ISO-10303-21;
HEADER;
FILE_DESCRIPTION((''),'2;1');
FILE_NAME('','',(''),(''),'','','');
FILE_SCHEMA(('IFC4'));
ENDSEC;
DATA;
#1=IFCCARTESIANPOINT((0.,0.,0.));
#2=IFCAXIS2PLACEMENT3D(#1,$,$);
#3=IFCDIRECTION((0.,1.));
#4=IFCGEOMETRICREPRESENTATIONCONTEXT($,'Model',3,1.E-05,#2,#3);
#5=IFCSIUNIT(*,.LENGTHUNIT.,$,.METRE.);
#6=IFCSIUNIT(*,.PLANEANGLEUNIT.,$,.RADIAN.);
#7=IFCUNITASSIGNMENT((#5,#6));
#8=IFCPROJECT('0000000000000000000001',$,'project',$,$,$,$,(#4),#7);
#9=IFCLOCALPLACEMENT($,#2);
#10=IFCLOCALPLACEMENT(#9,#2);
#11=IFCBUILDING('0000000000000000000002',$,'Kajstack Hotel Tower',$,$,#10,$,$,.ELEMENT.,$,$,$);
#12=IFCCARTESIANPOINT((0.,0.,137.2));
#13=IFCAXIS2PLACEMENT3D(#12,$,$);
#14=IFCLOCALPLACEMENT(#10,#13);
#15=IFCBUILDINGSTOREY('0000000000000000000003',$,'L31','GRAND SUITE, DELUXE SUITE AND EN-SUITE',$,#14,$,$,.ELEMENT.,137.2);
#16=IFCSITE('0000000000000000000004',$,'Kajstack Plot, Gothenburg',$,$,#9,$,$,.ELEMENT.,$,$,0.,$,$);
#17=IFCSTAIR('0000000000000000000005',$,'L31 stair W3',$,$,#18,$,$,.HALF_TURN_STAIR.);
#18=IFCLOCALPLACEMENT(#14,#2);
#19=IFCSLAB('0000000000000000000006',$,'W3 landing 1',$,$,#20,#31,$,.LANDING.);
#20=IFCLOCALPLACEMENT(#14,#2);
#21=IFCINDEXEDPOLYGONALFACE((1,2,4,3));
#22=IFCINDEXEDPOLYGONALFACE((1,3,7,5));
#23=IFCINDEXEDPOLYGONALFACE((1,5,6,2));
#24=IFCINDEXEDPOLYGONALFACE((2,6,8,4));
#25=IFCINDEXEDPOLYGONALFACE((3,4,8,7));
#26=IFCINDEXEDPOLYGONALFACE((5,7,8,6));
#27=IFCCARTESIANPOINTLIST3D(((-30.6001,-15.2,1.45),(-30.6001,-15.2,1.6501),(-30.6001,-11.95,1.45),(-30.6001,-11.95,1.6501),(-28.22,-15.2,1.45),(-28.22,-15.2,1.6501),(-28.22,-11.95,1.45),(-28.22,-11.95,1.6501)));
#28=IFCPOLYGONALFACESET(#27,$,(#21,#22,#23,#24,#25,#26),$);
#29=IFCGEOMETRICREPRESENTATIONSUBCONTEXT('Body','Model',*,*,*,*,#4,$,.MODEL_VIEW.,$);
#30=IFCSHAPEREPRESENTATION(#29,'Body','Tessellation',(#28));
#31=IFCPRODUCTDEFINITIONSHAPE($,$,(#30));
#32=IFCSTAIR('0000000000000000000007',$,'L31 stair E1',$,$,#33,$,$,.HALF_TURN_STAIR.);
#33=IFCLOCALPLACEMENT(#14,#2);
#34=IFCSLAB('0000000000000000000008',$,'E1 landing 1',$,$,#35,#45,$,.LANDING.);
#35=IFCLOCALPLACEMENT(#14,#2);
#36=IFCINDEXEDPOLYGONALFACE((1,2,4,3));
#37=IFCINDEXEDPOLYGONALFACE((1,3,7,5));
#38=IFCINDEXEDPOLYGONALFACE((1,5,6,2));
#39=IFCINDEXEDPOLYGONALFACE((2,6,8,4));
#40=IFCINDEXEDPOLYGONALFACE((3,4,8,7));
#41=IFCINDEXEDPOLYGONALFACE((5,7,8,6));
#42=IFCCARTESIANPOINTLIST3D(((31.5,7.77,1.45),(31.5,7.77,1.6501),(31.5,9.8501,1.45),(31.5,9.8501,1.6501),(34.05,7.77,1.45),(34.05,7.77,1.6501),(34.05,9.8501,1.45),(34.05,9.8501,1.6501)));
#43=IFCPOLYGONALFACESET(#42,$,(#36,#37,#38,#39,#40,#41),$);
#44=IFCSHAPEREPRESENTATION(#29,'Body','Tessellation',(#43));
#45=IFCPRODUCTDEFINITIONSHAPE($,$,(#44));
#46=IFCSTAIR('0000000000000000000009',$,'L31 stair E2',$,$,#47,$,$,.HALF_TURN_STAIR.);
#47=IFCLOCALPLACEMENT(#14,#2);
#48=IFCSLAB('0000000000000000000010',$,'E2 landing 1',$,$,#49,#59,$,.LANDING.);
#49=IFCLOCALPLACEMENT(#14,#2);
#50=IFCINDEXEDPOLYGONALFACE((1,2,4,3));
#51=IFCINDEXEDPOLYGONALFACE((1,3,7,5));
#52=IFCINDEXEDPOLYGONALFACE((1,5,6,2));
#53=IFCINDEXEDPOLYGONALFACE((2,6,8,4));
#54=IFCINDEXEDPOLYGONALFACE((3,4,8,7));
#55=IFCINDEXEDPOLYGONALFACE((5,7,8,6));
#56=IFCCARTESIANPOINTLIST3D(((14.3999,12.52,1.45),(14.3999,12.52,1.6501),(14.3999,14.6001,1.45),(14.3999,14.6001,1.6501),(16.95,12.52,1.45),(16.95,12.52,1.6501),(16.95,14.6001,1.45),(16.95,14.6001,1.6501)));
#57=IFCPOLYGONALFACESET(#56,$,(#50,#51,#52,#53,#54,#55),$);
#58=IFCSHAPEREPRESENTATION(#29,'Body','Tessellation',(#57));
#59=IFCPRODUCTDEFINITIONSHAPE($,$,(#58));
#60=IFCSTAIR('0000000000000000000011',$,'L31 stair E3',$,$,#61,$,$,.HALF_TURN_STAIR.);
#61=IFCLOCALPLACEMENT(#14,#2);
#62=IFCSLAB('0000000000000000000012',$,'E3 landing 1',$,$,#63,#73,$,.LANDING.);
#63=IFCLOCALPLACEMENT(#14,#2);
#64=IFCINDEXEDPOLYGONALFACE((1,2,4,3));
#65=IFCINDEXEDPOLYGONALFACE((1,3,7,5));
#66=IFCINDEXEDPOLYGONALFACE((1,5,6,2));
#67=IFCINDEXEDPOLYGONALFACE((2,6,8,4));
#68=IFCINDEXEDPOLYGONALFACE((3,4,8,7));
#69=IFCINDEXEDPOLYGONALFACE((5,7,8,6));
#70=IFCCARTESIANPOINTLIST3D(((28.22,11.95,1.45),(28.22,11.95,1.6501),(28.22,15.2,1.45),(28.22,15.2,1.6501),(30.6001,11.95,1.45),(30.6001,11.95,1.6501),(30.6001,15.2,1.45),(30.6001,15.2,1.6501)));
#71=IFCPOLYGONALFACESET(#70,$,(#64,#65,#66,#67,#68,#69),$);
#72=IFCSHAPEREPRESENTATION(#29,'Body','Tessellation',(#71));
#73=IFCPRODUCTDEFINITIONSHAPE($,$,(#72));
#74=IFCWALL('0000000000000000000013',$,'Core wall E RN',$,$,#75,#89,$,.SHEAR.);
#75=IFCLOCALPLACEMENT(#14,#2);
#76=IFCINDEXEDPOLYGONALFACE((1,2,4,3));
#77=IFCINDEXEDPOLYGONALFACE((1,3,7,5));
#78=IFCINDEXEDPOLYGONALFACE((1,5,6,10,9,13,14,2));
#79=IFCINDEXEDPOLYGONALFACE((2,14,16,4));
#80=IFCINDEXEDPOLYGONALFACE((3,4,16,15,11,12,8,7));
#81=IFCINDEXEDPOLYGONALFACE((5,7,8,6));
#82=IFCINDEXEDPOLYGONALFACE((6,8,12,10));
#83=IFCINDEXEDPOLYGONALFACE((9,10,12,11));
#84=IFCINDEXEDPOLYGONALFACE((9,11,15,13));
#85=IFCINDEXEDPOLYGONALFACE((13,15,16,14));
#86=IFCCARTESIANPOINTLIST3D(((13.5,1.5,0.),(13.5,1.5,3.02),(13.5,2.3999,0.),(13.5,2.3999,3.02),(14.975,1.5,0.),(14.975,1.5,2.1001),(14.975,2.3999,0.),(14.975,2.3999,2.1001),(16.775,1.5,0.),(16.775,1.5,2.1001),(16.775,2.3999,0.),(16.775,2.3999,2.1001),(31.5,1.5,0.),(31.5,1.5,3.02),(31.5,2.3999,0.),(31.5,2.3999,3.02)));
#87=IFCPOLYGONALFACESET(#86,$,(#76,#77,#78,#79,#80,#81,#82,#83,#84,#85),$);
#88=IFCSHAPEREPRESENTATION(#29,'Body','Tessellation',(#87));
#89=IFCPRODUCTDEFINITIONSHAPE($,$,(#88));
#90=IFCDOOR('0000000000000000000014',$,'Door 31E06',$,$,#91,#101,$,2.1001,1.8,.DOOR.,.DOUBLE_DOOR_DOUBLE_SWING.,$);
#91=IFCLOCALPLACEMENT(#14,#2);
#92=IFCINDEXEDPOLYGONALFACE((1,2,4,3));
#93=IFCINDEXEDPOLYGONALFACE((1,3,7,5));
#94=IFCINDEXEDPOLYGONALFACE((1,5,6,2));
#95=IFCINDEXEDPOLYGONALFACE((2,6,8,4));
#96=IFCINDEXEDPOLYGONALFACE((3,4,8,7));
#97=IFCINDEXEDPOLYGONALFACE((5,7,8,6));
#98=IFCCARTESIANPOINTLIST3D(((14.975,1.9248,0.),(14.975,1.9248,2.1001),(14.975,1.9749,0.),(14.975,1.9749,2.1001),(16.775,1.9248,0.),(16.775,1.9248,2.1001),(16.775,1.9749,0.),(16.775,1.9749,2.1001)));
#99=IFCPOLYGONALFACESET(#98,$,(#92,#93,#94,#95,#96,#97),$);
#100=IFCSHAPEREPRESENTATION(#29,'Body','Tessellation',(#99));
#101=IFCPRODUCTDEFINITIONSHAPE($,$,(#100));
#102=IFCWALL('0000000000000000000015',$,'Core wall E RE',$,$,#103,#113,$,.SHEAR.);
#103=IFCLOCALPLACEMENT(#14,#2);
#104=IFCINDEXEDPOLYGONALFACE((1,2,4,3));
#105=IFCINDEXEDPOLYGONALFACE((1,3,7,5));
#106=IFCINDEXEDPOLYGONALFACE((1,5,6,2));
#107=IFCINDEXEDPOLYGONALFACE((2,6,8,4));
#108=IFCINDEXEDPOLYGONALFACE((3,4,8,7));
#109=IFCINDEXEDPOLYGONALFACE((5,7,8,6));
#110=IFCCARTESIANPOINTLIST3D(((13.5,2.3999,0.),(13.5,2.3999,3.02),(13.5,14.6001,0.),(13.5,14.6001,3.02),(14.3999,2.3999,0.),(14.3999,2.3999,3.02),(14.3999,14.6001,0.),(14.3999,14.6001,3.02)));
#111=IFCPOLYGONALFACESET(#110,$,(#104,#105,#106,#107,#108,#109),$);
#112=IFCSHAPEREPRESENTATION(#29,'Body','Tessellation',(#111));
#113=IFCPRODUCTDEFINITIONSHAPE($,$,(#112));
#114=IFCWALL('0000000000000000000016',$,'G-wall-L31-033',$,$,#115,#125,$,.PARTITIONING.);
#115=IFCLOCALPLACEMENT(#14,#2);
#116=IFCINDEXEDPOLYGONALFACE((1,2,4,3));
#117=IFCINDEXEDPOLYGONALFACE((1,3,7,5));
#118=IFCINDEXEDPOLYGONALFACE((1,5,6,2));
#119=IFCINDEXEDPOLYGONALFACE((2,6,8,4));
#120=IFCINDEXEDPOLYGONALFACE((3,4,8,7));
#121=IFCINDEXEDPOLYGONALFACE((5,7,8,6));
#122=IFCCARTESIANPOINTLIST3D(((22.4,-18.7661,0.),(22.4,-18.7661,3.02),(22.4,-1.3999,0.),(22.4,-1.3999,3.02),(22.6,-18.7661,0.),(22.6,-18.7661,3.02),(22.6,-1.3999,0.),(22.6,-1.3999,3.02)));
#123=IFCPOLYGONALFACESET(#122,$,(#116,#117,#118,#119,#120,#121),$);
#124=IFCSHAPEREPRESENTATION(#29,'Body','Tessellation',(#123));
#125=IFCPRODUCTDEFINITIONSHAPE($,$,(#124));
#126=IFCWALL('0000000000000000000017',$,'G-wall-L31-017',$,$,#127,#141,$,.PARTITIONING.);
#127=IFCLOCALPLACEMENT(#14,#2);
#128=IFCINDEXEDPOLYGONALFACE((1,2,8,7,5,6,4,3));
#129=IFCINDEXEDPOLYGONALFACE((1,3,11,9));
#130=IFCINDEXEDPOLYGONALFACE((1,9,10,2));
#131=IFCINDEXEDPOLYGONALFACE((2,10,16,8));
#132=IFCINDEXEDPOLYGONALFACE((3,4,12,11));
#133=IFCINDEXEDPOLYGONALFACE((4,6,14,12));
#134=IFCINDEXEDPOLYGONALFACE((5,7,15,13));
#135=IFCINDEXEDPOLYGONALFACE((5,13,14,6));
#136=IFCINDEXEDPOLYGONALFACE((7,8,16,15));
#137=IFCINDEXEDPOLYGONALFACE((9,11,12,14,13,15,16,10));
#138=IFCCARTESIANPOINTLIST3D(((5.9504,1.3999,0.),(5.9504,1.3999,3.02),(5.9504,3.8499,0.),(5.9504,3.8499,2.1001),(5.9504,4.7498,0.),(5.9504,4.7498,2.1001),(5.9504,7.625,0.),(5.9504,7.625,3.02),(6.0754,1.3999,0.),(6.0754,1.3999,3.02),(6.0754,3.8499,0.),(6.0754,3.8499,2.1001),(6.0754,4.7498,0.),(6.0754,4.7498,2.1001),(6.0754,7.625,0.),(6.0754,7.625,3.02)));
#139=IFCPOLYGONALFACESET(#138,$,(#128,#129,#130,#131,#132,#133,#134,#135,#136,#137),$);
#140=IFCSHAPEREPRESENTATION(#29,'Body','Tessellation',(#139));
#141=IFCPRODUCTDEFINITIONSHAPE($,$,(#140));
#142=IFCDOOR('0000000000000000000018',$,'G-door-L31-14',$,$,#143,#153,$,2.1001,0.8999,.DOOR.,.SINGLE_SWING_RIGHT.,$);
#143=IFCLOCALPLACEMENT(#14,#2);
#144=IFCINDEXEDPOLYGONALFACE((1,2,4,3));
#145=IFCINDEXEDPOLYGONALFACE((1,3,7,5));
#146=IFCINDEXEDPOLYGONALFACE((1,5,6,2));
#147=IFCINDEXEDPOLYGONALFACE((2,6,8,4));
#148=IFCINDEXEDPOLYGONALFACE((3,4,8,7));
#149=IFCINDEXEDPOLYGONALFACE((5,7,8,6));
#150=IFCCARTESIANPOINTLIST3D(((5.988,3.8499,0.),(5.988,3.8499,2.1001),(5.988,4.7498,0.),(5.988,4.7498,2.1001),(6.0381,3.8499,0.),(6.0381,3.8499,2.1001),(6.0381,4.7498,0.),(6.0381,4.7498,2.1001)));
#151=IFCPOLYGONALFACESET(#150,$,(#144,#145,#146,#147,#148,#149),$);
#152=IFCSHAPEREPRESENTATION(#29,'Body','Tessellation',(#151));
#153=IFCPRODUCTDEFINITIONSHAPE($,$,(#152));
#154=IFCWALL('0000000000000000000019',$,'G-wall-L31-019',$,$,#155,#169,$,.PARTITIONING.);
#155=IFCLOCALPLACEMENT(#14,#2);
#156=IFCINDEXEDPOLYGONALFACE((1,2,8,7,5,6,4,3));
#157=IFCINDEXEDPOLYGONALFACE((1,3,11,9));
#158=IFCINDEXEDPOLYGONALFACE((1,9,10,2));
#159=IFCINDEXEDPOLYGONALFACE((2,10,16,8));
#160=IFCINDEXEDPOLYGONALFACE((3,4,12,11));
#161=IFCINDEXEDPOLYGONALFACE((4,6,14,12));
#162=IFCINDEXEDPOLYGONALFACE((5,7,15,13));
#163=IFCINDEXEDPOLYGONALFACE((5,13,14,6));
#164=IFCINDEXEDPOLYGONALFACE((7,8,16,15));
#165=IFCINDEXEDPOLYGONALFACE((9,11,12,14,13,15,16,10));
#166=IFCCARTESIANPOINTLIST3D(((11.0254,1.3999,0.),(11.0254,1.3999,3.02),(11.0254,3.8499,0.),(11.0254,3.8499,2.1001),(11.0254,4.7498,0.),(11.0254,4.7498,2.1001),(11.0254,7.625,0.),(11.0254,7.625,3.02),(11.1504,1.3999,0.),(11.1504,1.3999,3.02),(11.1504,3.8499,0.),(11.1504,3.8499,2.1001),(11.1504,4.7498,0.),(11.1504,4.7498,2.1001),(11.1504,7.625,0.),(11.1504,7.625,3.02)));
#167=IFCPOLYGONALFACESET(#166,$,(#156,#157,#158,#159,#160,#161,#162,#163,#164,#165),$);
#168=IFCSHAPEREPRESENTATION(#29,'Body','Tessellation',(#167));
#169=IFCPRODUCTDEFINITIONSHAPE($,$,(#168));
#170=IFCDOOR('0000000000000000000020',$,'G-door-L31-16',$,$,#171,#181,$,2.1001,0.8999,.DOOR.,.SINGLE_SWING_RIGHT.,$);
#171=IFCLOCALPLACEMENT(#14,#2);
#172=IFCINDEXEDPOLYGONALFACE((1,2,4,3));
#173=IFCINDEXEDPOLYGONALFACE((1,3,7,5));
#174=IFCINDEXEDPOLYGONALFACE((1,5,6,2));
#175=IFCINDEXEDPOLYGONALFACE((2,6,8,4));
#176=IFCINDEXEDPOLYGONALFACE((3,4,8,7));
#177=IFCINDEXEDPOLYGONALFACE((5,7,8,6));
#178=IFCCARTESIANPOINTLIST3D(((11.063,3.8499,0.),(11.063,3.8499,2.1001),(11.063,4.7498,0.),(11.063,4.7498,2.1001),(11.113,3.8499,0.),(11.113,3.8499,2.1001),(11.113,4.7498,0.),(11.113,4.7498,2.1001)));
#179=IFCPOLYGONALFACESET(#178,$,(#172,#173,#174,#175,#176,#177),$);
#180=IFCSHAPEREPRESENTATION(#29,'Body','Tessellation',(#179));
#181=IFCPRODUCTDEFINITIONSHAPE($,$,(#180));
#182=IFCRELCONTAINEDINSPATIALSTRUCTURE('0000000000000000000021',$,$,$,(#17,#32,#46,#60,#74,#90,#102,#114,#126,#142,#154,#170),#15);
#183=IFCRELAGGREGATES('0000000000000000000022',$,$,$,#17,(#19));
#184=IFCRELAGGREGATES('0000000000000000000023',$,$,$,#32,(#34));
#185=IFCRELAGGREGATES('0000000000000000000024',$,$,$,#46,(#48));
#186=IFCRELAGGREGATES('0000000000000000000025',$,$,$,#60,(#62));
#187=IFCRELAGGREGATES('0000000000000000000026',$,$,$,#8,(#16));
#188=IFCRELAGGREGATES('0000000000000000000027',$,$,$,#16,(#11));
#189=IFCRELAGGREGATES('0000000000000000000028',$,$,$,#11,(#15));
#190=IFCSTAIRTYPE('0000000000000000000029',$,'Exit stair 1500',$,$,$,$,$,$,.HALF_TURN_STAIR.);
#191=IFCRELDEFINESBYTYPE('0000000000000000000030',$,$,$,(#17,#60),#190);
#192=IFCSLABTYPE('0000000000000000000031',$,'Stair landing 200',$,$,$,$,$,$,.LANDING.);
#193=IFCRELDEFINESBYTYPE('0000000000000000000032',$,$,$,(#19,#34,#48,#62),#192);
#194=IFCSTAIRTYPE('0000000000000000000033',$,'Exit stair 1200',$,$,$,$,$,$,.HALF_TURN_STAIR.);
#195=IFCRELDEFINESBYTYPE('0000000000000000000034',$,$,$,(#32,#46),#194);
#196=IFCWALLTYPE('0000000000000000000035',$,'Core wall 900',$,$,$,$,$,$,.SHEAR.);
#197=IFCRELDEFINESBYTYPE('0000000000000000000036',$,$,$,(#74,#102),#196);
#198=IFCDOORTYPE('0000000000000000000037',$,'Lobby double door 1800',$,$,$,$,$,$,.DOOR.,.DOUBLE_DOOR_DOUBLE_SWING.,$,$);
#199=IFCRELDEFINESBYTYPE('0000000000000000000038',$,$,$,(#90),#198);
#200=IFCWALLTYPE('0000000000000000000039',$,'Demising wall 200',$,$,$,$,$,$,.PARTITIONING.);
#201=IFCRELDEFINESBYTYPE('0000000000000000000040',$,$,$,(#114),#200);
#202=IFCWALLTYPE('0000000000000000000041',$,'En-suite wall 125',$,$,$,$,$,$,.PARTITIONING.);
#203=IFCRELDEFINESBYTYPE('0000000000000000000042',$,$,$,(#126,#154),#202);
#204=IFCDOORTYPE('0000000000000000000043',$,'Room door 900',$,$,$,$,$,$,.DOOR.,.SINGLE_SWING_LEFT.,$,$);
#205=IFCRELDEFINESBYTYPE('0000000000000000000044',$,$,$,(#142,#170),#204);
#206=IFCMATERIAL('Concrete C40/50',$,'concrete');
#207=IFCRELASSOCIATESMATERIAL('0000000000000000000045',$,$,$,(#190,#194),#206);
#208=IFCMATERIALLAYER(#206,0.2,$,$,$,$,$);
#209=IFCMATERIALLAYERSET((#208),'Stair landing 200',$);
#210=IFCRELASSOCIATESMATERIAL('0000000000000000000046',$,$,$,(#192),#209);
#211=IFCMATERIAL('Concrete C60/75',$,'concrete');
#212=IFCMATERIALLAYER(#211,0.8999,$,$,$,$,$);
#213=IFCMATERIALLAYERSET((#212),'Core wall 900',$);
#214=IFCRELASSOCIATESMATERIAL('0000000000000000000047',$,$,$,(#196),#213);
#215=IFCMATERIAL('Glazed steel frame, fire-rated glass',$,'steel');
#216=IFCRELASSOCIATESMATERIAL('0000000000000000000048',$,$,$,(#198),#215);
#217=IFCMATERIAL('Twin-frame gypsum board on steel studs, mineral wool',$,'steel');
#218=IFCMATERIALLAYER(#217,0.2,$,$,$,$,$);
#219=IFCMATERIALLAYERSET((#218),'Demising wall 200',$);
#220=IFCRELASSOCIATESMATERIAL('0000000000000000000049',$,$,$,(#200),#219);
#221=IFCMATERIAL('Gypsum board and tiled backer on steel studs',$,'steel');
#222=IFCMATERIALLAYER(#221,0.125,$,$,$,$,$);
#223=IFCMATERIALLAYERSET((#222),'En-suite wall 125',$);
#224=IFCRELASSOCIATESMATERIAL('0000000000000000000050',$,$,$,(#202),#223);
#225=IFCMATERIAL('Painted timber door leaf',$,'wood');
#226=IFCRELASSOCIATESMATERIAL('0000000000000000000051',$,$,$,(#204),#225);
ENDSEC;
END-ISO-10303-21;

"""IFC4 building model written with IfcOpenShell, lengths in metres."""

from ifc_helpers import new_model, si_unit, direction, frame, frame_2d, origin, place, context, subcontext, project, spatial, polyline, rectangle, outline, extrude, material, layer, layer_set, type_object, element, fill, aggregate, save


model = new_model("IFC4")

# Units and contexts
model_context = context("Model", 3, precision=1e-05, world=origin(), true_north=direction((0.0, 1.0)))
body_context = subcontext(model_context, "Body", "Model", "MODEL_VIEW")
ifc_project = project(units=[si_unit("LENGTHUNIT", "METRE"), si_unit("PLANEANGLEUNIT", "RADIAN")], contexts=[model_context])

# Site, building, storey
site_placement = place(None, origin())
site = spatial("IfcSite", under=ifc_project, at=site_placement, Name="Kajstack Plot, Gothenburg", CompositionType="ELEMENT", RefElevation=0.0)
building_placement = place(site_placement, origin())
building = spatial("IfcBuilding", under=site, at=building_placement, Name="Kajstack Hotel Tower", CompositionType="ELEMENT")
storey_placement = place(building_placement, frame((0.0, 0.0, 137.2)))
storey = spatial("IfcBuildingStorey", under=building, at=storey_placement, Name="L31", Description="GRAND SUITE, DELUXE SUITE AND EN-SUITE", CompositionType="ELEMENT", Elevation=137.2)

# Stairs, slabs
ifc_material_1 = material(Name="Concrete C40/50", Category="concrete")
stair_type_1 = type_object("IfcStairType", Name="Exit stair 1500", PredefinedType="HALF_TURN_STAIR", material=ifc_material_1)
stair_1_placement = place(storey_placement, origin())
stair_1 = element("IfcStair", 1, at=stair_1_placement, inside=storey, type_object=stair_type_1, Name="L31 stair W3", PredefinedType="HALF_TURN_STAIR")
ifc_layer_1 = layer(ifc_material_1, 0.2)
ifc_layer_set_1 = layer_set([ifc_layer_1], Name="Stair landing 200")
slab_type = type_object("IfcSlabType", Name="Stair landing 200", PredefinedType="LANDING", material=ifc_layer_set_1)
slab_1_placement = place(storey_placement, frame((0.0, 0.0, 1.45)))
slab_1 = element("IfcSlab", 2, at=slab_1_placement, type_object=slab_type, Name="W3 landing 1", PredefinedType="LANDING", context=body_context, shape_type="SweptSolid", body=[
    extrude(outline(polyline([(-28.22, -11.95), (-30.6001, -11.95), (-30.6001, -15.2), (-28.22, -15.2), (-28.22, -11.95)])), origin(), (0.0, 0.0, 1.0), 0.2002),
])
aggregate(stair_1, [slab_1])
stair_type_2 = type_object("IfcStairType", Name="Exit stair 1200", PredefinedType="HALF_TURN_STAIR", material=ifc_material_1)
stair_2_placement = place(storey_placement, origin())
stair_2 = element("IfcStair", 3, at=stair_2_placement, inside=storey, type_object=stair_type_2, Name="L31 stair E1", PredefinedType="HALF_TURN_STAIR")
slab_2_placement = place(storey_placement, frame((0.0, 0.0, 1.45)))
slab_2 = element("IfcSlab", 4, at=slab_2_placement, type_object=slab_type, Name="E1 landing 1", PredefinedType="LANDING", context=body_context, shape_type="SweptSolid", body=[
    extrude(outline(polyline([(34.05, 7.77), (34.05, 9.8501), (31.5, 9.8501), (31.5, 7.77), (34.05, 7.77)])), origin(), (0.0, 0.0, 1.0), 0.2002),
])
aggregate(stair_2, [slab_2])
stair_3_placement = place(storey_placement, origin())
stair_3 = element("IfcStair", 5, at=stair_3_placement, inside=storey, type_object=stair_type_2, Name="L31 stair E2", PredefinedType="HALF_TURN_STAIR")
slab_3_placement = place(storey_placement, frame((0.0, 0.0, 1.45)))
slab_3 = element("IfcSlab", 6, at=slab_3_placement, type_object=slab_type, Name="E2 landing 1", PredefinedType="LANDING", context=body_context, shape_type="SweptSolid", body=[
    extrude(outline(polyline([(16.95, 12.52), (16.95, 14.6001), (14.3999, 14.6001), (14.3999, 12.52), (16.95, 12.52)])), origin(), (0.0, 0.0, 1.0), 0.2002),
])
aggregate(stair_3, [slab_3])
stair_4_placement = place(storey_placement, origin())
stair_4 = element("IfcStair", 7, at=stair_4_placement, inside=storey, type_object=stair_type_1, Name="L31 stair E3", PredefinedType="HALF_TURN_STAIR")
slab_4_placement = place(storey_placement, frame((0.0, 0.0, 1.45)))
slab_4 = element("IfcSlab", 8, at=slab_4_placement, type_object=slab_type, Name="E3 landing 1", PredefinedType="LANDING", context=body_context, shape_type="SweptSolid", body=[
    extrude(outline(polyline([(28.22, 11.95), (30.6001, 11.95), (30.6001, 15.2), (28.22, 15.2), (28.22, 11.95)])), origin(), (0.0, 0.0, 1.0), 0.2002),
])
aggregate(stair_4, [slab_4])

# Wall, opening, door
ifc_material_2 = material(Name="Concrete C60/75", Category="concrete")
ifc_layer_2 = layer(ifc_material_2, 0.8999)
ifc_layer_set_2 = layer_set([ifc_layer_2], Name="Core wall 900")
wall_type_1 = type_object("IfcWallType", Name="Core wall 900", PredefinedType="SHEAR", material=ifc_layer_set_2)
wall_1_placement = place(storey_placement, frame((13.5, 1.95, 0.0), z_axis=(0.0, 0.0, 1.0), x_axis=(1.0, 0.0, 0.0)))
wall_1 = element("IfcWall", 9, at=wall_1_placement, inside=storey, type_object=wall_type_1, Name="Core wall E RN", PredefinedType="SHEAR", context=body_context, shape_type="SweptSolid", body=[
    extrude(rectangle(XDim=18.0, YDim=0.8999, at=frame_2d((9.0, 0.0))), origin(), (0.0, 0.0, 1.0), 3.02),
])
opening_1_placement = place(wall_1_placement, frame((1.4751, 0.0, 0.0)))
opening_1 = element("IfcOpeningElement", 10, at=opening_1_placement, cuts=wall_1, PredefinedType="OPENING", context=body_context, shape_type="SweptSolid", body=[
    extrude(rectangle(XDim=1.8, YDim=2.1001, at=frame_2d((0.8999, 1.05))), frame((0.0, 0.46, 0.0), z_axis=(0.0, -1.0, 0.0), x_axis=(1.0, 0.0, 0.0)), (0.0, 0.0, 1.0), 0.9199),
])
ifc_material_3 = material(Name="Glazed steel frame, fire-rated glass", Category="steel")
door_type_1 = type_object("IfcDoorType", Name="Lobby double door 1800", OperationType="DOUBLE_DOOR_DOUBLE_SWING", PredefinedType="DOOR", material=ifc_material_3)
door_1_placement = place(opening_1_placement, origin())
door_1 = element("IfcDoor", 11, at=door_1_placement, inside=storey, type_object=door_type_1, Name="Door 31E06", OperationType="DOUBLE_DOOR_DOUBLE_SWING", OverallHeight=2.1001, OverallWidth=1.8, PredefinedType="DOOR", context=body_context, shape_type="SweptSolid", body=[
    extrude(rectangle(XDim=1.8, YDim=2.1001, at=frame_2d((0.8999, 1.05))), frame((0.0, 0.0249, 0.0), z_axis=(0.0, -1.0, 0.0), x_axis=(1.0, 0.0, 0.0)), (0.0, 0.0, 1.0), 0.05),
])
fill(opening_1, door_1)

# Walls
wall_2_placement = place(storey_placement, frame((13.95, 2.3999, 0.0), z_axis=(0.0, 0.0, 1.0), x_axis=(0.0, 1.0, 0.0)))
element("IfcWall", 12, at=wall_2_placement, inside=storey, type_object=wall_type_1, Name="Core wall E RE", PredefinedType="SHEAR", context=body_context, shape_type="SweptSolid", body=[
    extrude(rectangle(XDim=12.2002, YDim=0.8999, at=frame_2d((6.1001, 0.0))), origin(), (0.0, 0.0, 1.0), 3.02),
])
ifc_material_4 = material(Name="Twin-frame gypsum board on steel studs, mineral wool", Category="steel")
ifc_layer_3 = layer(ifc_material_4, 0.2)
ifc_layer_set_3 = layer_set([ifc_layer_3], Name="Demising wall 200")
wall_type_2 = type_object("IfcWallType", Name="Demising wall 200", PredefinedType="PARTITIONING", material=ifc_layer_set_3)
wall_3_placement = place(storey_placement, frame((22.5, -18.7661, 0.0), z_axis=(0.0, 0.0, 1.0), x_axis=(0.0, 1.0, 0.0)))
element("IfcWall", 13, at=wall_3_placement, inside=storey, type_object=wall_type_2, Name="G-wall-L31-033", PredefinedType="PARTITIONING", context=body_context, shape_type="SweptSolid", body=[
    extrude(rectangle(XDim=17.3662, YDim=0.2, at=frame_2d((8.6831, 0.0))), origin(), (0.0, 0.0, 1.0), 3.02),
])

# Walls, openings, doors
ifc_material_5 = material(Name="Gypsum board and tiled backer on steel studs", Category="steel")
ifc_layer_4 = layer(ifc_material_5, 0.125)
ifc_layer_set_4 = layer_set([ifc_layer_4], Name="En-suite wall 125")
wall_type_3 = type_object("IfcWallType", Name="En-suite wall 125", PredefinedType="PARTITIONING", material=ifc_layer_set_4)
wall_4_placement = place(storey_placement, frame((6.0129, 1.3999, 0.0), z_axis=(0.0, 0.0, 1.0), x_axis=(0.0, 1.0, 0.0)))
wall_4 = element("IfcWall", 14, at=wall_4_placement, inside=storey, type_object=wall_type_3, Name="G-wall-L31-017", PredefinedType="PARTITIONING", context=body_context, shape_type="SweptSolid", body=[
    extrude(rectangle(XDim=6.2251, YDim=0.125, at=frame_2d((3.1125, 0.0))), origin(), (0.0, 0.0, 1.0), 3.02),
])
opening_2_placement = place(wall_4_placement, frame((2.45, 0.0, 0.0)))
opening_2 = element("IfcOpeningElement", 15, at=opening_2_placement, cuts=wall_4, PredefinedType="OPENING", context=body_context, shape_type="SweptSolid", body=[
    extrude(rectangle(XDim=0.8999, YDim=2.1001, at=frame_2d((0.45, 1.05))), frame((0.0, 0.0725, 0.0), z_axis=(0.0, -1.0, 0.0), x_axis=(1.0, 0.0, 0.0)), (0.0, 0.0, 1.0), 0.145),
])
ifc_material_6 = material(Name="Painted timber door leaf", Category="wood")
door_type_2 = type_object("IfcDoorType", Name="Room door 900", OperationType="SINGLE_SWING_LEFT", PredefinedType="DOOR", material=ifc_material_6)
door_2_placement = place(opening_2_placement, origin())
door_2 = element("IfcDoor", 16, at=door_2_placement, inside=storey, type_object=door_type_2, Name="G-door-L31-14", OperationType="SINGLE_SWING_RIGHT", OverallHeight=2.1001, OverallWidth=0.8999, PredefinedType="DOOR", context=body_context, shape_type="SweptSolid", body=[
    extrude(rectangle(XDim=0.8999, YDim=2.1001, at=frame_2d((0.45, 1.05))), frame((0.0, 0.0249, 0.0), z_axis=(0.0, -1.0, 0.0), x_axis=(1.0, 0.0, 0.0)), (0.0, 0.0, 1.0), 0.05),
])
fill(opening_2, door_2)
wall_5_placement = place(storey_placement, frame((11.0879, 1.3999, 0.0), z_axis=(0.0, 0.0, 1.0), x_axis=(0.0, 1.0, 0.0)))
wall_5 = element("IfcWall", 17, at=wall_5_placement, inside=storey, type_object=wall_type_3, Name="G-wall-L31-019", PredefinedType="PARTITIONING", context=body_context, shape_type="SweptSolid", body=[
    extrude(rectangle(XDim=6.2251, YDim=0.125, at=frame_2d((3.1125, 0.0))), origin(), (0.0, 0.0, 1.0), 3.02),
])
opening_3_placement = place(wall_5_placement, frame((2.45, 0.0, 0.0)))
opening_3 = element("IfcOpeningElement", 18, at=opening_3_placement, cuts=wall_5, PredefinedType="OPENING", context=body_context, shape_type="SweptSolid", body=[
    extrude(rectangle(XDim=0.8999, YDim=2.1001, at=frame_2d((0.45, 1.05))), frame((0.0, 0.0725, 0.0), z_axis=(0.0, -1.0, 0.0), x_axis=(1.0, 0.0, 0.0)), (0.0, 0.0, 1.0), 0.145),
])
door_3_placement = place(opening_3_placement, origin())
door_3 = element("IfcDoor", 19, at=door_3_placement, inside=storey, type_object=door_type_2, Name="G-door-L31-16", OperationType="SINGLE_SWING_RIGHT", OverallHeight=2.1001, OverallWidth=0.8999, PredefinedType="DOOR", context=body_context, shape_type="SweptSolid", body=[
    extrude(rectangle(XDim=0.8999, YDim=2.1001, at=frame_2d((0.45, 1.05))), frame((0.0, 0.0249, 0.0), z_axis=(0.0, -1.0, 0.0), x_axis=(1.0, 0.0, 0.0)), (0.0, 0.0, 1.0), 0.05),
])
fill(opening_3, door_3)

save(model, "model.ifc")
